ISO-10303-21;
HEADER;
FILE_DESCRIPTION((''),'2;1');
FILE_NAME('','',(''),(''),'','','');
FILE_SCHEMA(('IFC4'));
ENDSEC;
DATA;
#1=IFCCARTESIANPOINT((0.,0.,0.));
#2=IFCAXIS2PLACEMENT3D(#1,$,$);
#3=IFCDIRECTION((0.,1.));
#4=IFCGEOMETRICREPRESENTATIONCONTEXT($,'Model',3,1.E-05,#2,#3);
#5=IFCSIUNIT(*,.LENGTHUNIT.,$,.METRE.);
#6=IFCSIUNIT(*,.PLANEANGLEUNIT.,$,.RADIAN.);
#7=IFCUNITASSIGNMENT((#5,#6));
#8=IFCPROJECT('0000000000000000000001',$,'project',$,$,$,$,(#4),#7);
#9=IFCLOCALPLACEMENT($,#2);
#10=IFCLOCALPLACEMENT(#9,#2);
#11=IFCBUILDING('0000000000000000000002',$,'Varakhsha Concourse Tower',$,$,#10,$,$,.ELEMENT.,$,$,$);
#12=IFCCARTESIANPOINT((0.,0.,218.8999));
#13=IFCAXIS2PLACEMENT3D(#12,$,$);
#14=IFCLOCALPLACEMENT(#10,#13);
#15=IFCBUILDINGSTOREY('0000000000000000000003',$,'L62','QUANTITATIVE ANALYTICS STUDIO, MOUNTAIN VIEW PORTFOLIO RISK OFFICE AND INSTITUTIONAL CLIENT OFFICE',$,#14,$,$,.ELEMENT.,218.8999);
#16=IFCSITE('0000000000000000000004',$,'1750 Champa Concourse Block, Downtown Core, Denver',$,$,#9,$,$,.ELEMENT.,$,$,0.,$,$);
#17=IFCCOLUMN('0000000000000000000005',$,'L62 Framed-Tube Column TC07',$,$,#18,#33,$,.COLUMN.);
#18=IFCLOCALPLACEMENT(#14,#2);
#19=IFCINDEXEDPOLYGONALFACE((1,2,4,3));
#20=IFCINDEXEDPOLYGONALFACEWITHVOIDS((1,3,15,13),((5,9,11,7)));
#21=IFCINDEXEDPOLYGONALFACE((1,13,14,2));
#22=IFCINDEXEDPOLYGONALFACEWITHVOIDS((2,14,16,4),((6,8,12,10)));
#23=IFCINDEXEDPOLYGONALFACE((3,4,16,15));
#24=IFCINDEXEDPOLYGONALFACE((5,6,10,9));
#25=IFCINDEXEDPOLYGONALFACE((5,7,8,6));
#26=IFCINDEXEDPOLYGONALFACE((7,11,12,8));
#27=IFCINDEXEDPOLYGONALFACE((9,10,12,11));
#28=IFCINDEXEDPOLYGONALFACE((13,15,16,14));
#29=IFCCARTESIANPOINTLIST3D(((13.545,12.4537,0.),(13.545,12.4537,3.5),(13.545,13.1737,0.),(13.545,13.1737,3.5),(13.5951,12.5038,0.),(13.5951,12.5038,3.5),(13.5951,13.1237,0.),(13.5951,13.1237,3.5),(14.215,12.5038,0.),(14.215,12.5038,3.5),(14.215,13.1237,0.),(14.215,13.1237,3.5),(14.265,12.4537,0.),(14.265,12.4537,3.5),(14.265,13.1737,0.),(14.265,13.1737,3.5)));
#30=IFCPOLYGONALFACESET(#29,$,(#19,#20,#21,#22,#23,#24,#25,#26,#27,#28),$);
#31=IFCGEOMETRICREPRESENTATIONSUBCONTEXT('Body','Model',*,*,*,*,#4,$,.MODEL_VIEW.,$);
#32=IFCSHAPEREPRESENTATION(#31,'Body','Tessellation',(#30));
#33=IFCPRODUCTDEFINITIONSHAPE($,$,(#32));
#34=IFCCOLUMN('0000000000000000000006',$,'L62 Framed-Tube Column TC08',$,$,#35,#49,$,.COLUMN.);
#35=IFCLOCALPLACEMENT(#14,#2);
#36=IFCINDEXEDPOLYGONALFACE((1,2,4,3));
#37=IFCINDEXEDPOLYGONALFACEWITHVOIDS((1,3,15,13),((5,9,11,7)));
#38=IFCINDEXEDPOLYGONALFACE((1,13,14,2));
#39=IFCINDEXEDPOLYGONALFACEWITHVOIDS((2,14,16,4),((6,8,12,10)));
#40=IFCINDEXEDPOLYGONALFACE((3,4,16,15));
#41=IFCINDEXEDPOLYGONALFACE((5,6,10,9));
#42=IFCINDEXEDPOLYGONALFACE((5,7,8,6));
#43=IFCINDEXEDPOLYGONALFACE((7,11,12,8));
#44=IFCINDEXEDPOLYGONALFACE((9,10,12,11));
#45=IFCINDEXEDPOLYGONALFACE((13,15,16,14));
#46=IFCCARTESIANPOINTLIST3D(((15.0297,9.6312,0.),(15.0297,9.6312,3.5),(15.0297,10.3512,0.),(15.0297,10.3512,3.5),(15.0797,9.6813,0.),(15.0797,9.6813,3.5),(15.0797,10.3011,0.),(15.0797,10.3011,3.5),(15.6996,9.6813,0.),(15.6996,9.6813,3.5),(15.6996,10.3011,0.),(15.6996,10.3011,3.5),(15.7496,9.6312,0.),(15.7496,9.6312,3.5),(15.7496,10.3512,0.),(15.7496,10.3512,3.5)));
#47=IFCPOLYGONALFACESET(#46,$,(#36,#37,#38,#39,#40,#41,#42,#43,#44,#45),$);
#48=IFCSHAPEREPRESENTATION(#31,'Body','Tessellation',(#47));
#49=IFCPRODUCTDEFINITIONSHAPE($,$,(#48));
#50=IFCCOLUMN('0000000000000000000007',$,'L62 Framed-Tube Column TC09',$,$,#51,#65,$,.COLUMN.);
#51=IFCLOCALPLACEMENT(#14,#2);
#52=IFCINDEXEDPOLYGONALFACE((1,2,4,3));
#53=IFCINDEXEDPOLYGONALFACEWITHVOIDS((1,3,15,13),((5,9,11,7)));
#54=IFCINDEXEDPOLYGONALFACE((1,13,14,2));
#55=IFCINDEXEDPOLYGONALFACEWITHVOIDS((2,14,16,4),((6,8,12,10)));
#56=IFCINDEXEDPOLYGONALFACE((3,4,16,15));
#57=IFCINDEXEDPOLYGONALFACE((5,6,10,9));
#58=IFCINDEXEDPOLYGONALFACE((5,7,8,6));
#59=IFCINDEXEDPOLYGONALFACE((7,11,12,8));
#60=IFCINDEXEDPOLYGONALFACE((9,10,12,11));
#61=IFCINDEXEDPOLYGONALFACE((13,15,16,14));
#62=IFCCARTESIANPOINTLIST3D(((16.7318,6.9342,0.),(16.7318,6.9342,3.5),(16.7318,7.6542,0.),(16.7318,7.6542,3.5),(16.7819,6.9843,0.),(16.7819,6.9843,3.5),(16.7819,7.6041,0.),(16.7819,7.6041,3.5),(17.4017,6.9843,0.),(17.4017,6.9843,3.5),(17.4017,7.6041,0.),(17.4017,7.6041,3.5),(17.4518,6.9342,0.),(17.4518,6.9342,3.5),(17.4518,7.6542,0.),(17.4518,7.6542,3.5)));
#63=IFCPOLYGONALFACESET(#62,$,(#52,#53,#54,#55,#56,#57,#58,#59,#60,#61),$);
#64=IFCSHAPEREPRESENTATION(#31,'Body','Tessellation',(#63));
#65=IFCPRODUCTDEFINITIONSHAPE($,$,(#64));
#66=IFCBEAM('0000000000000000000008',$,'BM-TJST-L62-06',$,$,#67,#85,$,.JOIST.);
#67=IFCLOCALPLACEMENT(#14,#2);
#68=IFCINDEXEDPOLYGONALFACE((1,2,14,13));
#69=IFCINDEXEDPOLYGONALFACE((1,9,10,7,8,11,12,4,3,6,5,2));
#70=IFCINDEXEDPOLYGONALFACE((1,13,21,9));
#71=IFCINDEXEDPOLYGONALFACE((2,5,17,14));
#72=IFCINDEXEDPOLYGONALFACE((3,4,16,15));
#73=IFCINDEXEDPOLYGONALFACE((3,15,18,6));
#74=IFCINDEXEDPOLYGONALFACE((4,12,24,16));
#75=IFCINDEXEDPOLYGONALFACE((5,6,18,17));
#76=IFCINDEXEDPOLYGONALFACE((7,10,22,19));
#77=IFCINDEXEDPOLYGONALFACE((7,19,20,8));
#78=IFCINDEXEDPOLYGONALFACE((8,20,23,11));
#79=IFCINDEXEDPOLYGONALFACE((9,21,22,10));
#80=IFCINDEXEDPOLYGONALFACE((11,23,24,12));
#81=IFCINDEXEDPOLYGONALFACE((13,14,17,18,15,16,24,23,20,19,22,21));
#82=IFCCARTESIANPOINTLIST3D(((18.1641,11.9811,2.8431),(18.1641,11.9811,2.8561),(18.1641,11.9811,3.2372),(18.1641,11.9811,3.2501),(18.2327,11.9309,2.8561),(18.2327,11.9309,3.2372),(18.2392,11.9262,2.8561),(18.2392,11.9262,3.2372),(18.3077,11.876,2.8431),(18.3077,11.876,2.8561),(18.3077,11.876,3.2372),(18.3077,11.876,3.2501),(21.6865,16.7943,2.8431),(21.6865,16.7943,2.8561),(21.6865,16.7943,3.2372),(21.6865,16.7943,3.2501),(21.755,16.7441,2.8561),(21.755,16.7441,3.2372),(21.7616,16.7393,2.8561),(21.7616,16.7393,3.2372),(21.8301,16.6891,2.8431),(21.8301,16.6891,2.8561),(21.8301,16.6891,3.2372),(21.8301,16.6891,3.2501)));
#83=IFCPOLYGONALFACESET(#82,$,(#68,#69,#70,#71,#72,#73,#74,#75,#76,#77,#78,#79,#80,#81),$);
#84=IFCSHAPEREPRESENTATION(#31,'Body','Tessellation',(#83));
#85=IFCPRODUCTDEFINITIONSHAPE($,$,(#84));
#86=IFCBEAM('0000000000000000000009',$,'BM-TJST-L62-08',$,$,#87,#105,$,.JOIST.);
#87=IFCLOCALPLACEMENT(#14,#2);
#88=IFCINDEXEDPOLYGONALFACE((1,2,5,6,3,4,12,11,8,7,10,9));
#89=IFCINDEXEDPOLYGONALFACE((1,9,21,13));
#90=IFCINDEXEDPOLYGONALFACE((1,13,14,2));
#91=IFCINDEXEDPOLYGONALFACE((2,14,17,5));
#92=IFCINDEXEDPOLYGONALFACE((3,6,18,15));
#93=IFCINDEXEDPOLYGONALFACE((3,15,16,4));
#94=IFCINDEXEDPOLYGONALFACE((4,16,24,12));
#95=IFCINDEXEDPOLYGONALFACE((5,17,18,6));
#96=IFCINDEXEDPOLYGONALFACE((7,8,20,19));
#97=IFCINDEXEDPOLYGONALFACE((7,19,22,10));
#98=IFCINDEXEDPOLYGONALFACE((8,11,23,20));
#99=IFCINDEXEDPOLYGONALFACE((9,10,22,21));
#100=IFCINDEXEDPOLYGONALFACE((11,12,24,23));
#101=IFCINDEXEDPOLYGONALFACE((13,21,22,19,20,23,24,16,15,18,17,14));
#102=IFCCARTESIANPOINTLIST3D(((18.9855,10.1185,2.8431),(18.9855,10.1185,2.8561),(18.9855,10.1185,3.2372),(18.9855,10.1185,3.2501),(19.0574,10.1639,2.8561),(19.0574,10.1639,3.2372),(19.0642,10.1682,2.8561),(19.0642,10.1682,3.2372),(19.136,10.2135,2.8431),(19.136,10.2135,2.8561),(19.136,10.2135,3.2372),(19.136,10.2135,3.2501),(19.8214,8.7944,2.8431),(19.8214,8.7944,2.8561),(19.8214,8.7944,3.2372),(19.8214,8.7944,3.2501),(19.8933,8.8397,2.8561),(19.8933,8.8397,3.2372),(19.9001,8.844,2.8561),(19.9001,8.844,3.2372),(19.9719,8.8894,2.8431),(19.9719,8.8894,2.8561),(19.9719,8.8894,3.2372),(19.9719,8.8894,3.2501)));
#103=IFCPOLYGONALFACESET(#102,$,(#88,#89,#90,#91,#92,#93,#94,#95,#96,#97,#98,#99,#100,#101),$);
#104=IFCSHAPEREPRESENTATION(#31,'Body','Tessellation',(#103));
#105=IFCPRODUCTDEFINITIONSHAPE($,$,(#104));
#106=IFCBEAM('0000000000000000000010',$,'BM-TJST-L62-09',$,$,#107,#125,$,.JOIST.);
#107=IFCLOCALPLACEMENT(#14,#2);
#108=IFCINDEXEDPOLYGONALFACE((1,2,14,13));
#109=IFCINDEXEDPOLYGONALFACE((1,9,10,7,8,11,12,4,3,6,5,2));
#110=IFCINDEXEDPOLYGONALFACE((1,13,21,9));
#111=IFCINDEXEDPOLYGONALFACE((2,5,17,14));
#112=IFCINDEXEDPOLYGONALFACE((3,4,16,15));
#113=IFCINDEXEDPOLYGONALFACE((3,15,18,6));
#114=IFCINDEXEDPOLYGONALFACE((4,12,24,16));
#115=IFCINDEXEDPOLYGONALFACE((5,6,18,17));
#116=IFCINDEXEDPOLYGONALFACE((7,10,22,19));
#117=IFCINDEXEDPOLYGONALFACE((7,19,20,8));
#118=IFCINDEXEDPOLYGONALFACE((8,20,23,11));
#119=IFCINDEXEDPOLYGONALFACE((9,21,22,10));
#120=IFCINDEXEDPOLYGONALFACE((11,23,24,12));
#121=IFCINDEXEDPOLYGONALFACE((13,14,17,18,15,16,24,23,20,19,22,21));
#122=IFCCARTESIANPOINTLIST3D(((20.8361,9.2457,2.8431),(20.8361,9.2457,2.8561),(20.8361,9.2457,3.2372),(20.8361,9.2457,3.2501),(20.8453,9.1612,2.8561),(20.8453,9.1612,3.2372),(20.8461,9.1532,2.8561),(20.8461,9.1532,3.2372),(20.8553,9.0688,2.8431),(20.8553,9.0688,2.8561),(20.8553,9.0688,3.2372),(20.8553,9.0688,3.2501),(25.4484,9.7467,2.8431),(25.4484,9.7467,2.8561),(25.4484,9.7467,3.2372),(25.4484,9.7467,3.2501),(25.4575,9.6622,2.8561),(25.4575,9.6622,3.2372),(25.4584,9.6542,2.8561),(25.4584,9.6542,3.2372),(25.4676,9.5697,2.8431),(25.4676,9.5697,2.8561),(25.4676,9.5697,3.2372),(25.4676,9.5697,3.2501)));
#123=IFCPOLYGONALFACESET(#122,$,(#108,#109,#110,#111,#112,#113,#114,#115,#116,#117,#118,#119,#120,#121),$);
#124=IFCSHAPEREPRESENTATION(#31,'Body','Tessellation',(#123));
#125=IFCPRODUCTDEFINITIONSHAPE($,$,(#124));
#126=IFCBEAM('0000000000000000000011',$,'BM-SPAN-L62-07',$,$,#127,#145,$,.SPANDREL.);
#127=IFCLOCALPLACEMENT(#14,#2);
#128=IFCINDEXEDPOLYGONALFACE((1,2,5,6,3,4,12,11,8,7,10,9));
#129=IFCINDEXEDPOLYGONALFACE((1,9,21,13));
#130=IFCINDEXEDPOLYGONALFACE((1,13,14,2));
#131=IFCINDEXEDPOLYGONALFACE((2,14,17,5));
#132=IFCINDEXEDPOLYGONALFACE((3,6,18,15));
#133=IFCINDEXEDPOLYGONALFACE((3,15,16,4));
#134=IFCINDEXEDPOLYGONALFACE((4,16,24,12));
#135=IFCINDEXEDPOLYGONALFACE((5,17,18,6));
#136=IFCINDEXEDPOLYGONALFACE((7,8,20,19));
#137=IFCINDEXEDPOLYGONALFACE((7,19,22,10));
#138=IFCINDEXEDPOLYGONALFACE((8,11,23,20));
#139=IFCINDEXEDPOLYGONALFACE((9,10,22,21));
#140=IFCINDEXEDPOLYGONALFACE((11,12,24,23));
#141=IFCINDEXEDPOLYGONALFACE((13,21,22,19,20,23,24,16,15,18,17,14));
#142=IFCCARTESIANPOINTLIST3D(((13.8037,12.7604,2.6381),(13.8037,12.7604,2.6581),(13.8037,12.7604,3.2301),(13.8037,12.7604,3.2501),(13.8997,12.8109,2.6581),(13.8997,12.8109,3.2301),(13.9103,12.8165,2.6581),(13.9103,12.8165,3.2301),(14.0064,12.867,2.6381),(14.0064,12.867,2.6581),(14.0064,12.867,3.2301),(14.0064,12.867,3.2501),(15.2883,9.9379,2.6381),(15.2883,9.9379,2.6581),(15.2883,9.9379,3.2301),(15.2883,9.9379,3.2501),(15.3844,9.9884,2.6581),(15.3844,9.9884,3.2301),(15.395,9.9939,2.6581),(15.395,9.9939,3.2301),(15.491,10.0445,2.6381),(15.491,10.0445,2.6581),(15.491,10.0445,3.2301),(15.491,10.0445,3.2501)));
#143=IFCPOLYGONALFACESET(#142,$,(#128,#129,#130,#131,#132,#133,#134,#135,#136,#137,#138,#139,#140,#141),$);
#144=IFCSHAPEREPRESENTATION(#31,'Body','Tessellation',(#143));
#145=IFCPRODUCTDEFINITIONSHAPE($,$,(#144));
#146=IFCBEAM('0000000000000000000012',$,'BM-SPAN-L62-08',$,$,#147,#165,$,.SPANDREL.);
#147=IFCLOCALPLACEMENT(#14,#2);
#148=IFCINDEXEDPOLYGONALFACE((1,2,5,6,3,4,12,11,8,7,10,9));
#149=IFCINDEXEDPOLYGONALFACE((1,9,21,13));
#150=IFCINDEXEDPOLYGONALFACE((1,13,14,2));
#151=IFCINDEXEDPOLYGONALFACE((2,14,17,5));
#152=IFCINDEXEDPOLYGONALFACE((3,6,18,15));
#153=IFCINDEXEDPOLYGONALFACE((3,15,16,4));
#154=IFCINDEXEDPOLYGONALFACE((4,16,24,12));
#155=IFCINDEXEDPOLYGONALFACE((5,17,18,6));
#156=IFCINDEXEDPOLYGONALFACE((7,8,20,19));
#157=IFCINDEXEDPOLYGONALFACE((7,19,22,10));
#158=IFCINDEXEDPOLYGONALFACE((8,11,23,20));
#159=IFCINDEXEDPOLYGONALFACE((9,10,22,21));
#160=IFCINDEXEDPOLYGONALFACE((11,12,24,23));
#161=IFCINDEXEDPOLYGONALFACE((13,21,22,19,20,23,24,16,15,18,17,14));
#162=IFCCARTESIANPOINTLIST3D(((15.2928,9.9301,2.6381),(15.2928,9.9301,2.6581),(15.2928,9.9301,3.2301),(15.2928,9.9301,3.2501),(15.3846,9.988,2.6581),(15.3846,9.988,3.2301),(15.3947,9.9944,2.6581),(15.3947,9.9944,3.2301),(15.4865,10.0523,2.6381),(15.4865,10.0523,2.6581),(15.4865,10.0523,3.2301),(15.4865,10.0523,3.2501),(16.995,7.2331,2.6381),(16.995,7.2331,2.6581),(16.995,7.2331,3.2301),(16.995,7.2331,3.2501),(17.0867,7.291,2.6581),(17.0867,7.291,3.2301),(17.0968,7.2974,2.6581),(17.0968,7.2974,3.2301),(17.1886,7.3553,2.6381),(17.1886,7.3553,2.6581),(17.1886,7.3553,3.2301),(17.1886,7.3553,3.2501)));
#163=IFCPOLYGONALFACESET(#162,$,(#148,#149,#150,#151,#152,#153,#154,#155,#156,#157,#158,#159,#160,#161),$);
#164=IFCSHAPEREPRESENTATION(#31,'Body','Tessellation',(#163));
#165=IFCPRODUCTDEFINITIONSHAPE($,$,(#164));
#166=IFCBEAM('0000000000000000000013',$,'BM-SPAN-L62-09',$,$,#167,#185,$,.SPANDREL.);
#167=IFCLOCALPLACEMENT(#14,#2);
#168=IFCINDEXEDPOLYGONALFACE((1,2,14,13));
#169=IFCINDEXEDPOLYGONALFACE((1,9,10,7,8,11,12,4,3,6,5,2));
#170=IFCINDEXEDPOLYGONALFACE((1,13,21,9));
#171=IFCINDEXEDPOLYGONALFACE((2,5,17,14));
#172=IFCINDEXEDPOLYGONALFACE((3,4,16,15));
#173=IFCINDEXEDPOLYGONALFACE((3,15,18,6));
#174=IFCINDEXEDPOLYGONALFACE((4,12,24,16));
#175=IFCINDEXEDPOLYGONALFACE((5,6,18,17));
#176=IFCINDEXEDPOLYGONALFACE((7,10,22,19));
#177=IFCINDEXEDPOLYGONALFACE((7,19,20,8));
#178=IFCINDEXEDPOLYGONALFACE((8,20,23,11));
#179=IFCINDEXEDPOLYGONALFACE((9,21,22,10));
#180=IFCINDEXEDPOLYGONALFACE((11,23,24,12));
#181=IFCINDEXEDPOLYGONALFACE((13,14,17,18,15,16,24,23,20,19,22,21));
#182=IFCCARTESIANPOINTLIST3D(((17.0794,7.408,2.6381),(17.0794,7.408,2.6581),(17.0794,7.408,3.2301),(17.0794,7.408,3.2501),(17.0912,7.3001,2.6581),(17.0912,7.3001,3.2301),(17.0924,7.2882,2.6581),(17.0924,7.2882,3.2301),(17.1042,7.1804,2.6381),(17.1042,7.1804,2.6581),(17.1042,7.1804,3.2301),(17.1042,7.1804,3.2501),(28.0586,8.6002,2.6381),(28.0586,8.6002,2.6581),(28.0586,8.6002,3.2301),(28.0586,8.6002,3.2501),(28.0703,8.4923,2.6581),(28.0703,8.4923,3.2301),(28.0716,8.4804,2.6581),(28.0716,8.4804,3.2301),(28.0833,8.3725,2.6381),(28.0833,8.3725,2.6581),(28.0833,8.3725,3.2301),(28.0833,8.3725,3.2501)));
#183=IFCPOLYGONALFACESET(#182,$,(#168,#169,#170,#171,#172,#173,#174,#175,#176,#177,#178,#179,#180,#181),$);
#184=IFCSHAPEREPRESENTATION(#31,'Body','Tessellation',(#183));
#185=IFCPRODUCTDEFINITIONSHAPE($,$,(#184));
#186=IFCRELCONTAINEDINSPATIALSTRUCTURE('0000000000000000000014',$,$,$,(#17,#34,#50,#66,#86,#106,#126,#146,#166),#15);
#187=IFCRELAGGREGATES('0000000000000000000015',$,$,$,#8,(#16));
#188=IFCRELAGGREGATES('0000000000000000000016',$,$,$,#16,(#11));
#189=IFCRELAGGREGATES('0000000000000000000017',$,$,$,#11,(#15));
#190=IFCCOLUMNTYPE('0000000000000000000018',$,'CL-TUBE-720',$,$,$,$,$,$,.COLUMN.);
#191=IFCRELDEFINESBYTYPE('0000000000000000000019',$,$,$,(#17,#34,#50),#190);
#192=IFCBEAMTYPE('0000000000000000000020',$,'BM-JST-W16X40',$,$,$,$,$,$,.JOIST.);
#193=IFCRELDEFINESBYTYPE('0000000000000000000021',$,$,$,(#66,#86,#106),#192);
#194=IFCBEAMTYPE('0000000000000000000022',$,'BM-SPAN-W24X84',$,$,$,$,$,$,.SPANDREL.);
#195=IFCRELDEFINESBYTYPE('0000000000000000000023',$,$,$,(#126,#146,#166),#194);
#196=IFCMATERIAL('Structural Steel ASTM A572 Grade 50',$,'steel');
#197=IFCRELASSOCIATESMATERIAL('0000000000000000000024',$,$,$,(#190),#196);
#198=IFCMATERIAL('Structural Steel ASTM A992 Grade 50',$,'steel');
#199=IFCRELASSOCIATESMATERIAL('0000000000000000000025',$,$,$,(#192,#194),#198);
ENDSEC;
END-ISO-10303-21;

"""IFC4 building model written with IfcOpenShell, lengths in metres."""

from ifc_helpers import new_model, si_unit, direction, frame, origin, origin_2d, place, context, subcontext, project, spatial, hollow_rectangle, i_section, extrude, material, material_profile, profile_set, type_object, element, save


model = new_model("IFC4")

# Units and contexts
model_context = context("Model", 3, precision=1e-05, world=origin(), true_north=direction((0.0, 1.0)))
body_context = subcontext(model_context, "Body", "Model", "MODEL_VIEW")
ifc_project = project(units=[si_unit("LENGTHUNIT", "METRE"), si_unit("PLANEANGLEUNIT", "RADIAN")], contexts=[model_context])

# Site, building, storey
site_placement = place(None, origin())
site = spatial("IfcSite", under=ifc_project, at=site_placement, Name="1750 Champa Concourse Block, Downtown Core, Denver", CompositionType="ELEMENT", RefElevation=0.0)
building_placement = place(site_placement, origin())
building = spatial("IfcBuilding", under=site, at=building_placement, Name="Varakhsha Concourse Tower", CompositionType="ELEMENT")
storey_placement = place(building_placement, frame((0.0, 0.0, 218.8999)))
storey = spatial("IfcBuildingStorey", under=building, at=storey_placement, Name="L62", Description="QUANTITATIVE ANALYTICS STUDIO, MOUNTAIN VIEW PORTFOLIO RISK OFFICE AND INSTITUTIONAL CLIENT OFFICE", CompositionType="ELEMENT", Elevation=218.8999)

# Columns
ifc_material_1 = material(Name="Structural Steel ASTM A572 Grade 50", Category="steel")
ifc_material_profile_1 = material_profile(ifc_material_1, hollow_rectangle(XDim=0.72, YDim=0.72, WallThickness=0.05, at=origin_2d()), Name="BOX 720x720x50")
ifc_profile_set_1 = profile_set([ifc_material_profile_1], Name="Structural Steel ASTM A572 Grade 50")
column_type = type_object("IfcColumnType", Name="CL-TUBE-720", PredefinedType="COLUMN", material=ifc_profile_set_1)
for number, where, z_axis, x_axis, name in (
    (1, (13.905, 12.8137, 0.0), (0.0, 0.0, 1.0), (1.0, 0.0, 0.0), "L62 Framed-Tube Column TC07"),
    (2, (15.3896, 9.9912, 0.0), (0.0, 0.0, 1.0), (1.0, 0.0, 0.0), "L62 Framed-Tube Column TC08"),
    (3, (17.0918, 7.2942, 0.0), (0.0, 0.0, 1.0), (1.0, 0.0, 0.0), "L62 Framed-Tube Column TC09"),
):
    element("IfcColumn", number, at=place(storey_placement, frame(where, z_axis=z_axis, x_axis=x_axis)), inside=storey, type_object=column_type, Name=name, PredefinedType="COLUMN", context=body_context, shape_type="SweptSolid", body=[
        extrude(hollow_rectangle(XDim=0.72, YDim=0.72, WallThickness=0.05, at=origin_2d()), origin(), (0.0, 0.0, 1.0), 3.5),
    ])

# Beams
ifc_material_2 = material(Name="Structural Steel ASTM A992 Grade 50", Category="steel")
ifc_material_profile_2 = material_profile(ifc_material_2, i_section(OverallWidth=0.178, OverallDepth=0.407, WebThickness=0.0081, FlangeThickness=0.0129, at=origin_2d()), Name="W16X40")
ifc_profile_set_2 = profile_set([ifc_material_profile_2], Name="Structural Steel ASTM A992 Grade 50")
beam_type_1 = type_object("IfcBeamType", Name="BM-JST-W16X40", PredefinedType="JOIST", material=ifc_profile_set_2)
beam_1_placement = place(storey_placement, frame((21.7583, 16.7417, 3.0466), z_axis=(-0.590574, -0.806984, 0.0), x_axis=(0.806984, -0.590574, 0.0)))
element("IfcBeam", 4, at=beam_1_placement, inside=storey, type_object=beam_type_1, Name="BM-TJST-L62-06", PredefinedType="JOIST", context=body_context, shape_type="SweptSolid", body=[
    extrude(i_section(OverallWidth=0.178, OverallDepth=0.407, WebThickness=0.0081, FlangeThickness=0.0129, at=origin_2d()), origin(), (0.0, 0.0, 1.0), 5.9644),
])
beam_2_placement = place(storey_placement, frame((19.0608, 10.166, 3.0466), z_axis=(0.533805, -0.845607, 0.0), x_axis=(0.845607, 0.533805, 0.0)))
element("IfcBeam", 5, at=beam_2_placement, inside=storey, type_object=beam_type_1, Name="BM-TJST-L62-08", PredefinedType="JOIST", context=body_context, shape_type="SweptSolid", body=[
    extrude(i_section(OverallWidth=0.178, OverallDepth=0.407, WebThickness=0.0081, FlangeThickness=0.0129, at=origin_2d()), origin(), (0.0, 0.0, 1.0), 1.5659),
])
beam_3_placement = place(storey_placement, frame((20.8457, 9.1572, 3.0466), z_axis=(0.994153, 0.107982, 0.0), x_axis=(-0.107982, 0.994153, 0.0)))
element("IfcBeam", 6, at=beam_3_placement, inside=storey, type_object=beam_type_1, Name="BM-TJST-L62-09", PredefinedType="JOIST", context=body_context, shape_type="SweptSolid", body=[
    extrude(i_section(OverallWidth=0.178, OverallDepth=0.407, WebThickness=0.0081, FlangeThickness=0.0129, at=origin_2d()), origin(), (0.0, 0.0, 1.0), 4.6394),
])
ifc_material_profile_3 = material_profile(ifc_material_2, i_section(OverallWidth=0.229, OverallDepth=0.6121, WebThickness=0.012, FlangeThickness=0.02, at=origin_2d()), Name="W24X84")
ifc_profile_set_3 = profile_set([ifc_material_profile_3], Name="Structural Steel ASTM A992 Grade 50")
beam_type_2 = type_object("IfcBeamType", Name="BM-SPAN-W24X84", PredefinedType="SPANDREL", material=ifc_profile_set_3)
for number, where, z_axis, x_axis, name in (
    (7, (13.905, 12.8137, 2.9441), (0.465522, -0.885036, 0.0), (0.885036, 0.465522, 0.0), "BM-SPAN-L62-07"),
    (8, (15.3896, 9.9912, 2.9441), (0.533716, -0.845663, 0.0), (0.845663, 0.533716, 0.0), "BM-SPAN-L62-08"),
):
    element("IfcBeam", number, at=place(storey_placement, frame(where, z_axis=z_axis, x_axis=x_axis)), inside=storey, type_object=beam_type_2, Name=name, PredefinedType="SPANDREL", context=body_context, shape_type="SweptSolid", body=[
        extrude(i_section(OverallWidth=0.229, OverallDepth=0.6121, WebThickness=0.012, FlangeThickness=0.02, at=origin_2d()), origin(), (0.0, 0.0, 1.0), 3.1892),
    ])
beam_4_placement = place(storey_placement, frame((17.0918, 7.2942, 2.9441), z_axis=(0.994157, 0.107947, 0.0), x_axis=(-0.107947, 0.994157, 0.0)))
element("IfcBeam", 9, at=beam_4_placement, inside=storey, type_object=beam_type_2, Name="BM-SPAN-L62-09", PredefinedType="SPANDREL", context=body_context, shape_type="SweptSolid", body=[
    extrude(i_section(OverallWidth=0.229, OverallDepth=0.6121, WebThickness=0.012, FlangeThickness=0.02, at=origin_2d()), origin(), (0.0, 0.0, 1.0), 11.0437),
])

save(model, "model.ifc")
